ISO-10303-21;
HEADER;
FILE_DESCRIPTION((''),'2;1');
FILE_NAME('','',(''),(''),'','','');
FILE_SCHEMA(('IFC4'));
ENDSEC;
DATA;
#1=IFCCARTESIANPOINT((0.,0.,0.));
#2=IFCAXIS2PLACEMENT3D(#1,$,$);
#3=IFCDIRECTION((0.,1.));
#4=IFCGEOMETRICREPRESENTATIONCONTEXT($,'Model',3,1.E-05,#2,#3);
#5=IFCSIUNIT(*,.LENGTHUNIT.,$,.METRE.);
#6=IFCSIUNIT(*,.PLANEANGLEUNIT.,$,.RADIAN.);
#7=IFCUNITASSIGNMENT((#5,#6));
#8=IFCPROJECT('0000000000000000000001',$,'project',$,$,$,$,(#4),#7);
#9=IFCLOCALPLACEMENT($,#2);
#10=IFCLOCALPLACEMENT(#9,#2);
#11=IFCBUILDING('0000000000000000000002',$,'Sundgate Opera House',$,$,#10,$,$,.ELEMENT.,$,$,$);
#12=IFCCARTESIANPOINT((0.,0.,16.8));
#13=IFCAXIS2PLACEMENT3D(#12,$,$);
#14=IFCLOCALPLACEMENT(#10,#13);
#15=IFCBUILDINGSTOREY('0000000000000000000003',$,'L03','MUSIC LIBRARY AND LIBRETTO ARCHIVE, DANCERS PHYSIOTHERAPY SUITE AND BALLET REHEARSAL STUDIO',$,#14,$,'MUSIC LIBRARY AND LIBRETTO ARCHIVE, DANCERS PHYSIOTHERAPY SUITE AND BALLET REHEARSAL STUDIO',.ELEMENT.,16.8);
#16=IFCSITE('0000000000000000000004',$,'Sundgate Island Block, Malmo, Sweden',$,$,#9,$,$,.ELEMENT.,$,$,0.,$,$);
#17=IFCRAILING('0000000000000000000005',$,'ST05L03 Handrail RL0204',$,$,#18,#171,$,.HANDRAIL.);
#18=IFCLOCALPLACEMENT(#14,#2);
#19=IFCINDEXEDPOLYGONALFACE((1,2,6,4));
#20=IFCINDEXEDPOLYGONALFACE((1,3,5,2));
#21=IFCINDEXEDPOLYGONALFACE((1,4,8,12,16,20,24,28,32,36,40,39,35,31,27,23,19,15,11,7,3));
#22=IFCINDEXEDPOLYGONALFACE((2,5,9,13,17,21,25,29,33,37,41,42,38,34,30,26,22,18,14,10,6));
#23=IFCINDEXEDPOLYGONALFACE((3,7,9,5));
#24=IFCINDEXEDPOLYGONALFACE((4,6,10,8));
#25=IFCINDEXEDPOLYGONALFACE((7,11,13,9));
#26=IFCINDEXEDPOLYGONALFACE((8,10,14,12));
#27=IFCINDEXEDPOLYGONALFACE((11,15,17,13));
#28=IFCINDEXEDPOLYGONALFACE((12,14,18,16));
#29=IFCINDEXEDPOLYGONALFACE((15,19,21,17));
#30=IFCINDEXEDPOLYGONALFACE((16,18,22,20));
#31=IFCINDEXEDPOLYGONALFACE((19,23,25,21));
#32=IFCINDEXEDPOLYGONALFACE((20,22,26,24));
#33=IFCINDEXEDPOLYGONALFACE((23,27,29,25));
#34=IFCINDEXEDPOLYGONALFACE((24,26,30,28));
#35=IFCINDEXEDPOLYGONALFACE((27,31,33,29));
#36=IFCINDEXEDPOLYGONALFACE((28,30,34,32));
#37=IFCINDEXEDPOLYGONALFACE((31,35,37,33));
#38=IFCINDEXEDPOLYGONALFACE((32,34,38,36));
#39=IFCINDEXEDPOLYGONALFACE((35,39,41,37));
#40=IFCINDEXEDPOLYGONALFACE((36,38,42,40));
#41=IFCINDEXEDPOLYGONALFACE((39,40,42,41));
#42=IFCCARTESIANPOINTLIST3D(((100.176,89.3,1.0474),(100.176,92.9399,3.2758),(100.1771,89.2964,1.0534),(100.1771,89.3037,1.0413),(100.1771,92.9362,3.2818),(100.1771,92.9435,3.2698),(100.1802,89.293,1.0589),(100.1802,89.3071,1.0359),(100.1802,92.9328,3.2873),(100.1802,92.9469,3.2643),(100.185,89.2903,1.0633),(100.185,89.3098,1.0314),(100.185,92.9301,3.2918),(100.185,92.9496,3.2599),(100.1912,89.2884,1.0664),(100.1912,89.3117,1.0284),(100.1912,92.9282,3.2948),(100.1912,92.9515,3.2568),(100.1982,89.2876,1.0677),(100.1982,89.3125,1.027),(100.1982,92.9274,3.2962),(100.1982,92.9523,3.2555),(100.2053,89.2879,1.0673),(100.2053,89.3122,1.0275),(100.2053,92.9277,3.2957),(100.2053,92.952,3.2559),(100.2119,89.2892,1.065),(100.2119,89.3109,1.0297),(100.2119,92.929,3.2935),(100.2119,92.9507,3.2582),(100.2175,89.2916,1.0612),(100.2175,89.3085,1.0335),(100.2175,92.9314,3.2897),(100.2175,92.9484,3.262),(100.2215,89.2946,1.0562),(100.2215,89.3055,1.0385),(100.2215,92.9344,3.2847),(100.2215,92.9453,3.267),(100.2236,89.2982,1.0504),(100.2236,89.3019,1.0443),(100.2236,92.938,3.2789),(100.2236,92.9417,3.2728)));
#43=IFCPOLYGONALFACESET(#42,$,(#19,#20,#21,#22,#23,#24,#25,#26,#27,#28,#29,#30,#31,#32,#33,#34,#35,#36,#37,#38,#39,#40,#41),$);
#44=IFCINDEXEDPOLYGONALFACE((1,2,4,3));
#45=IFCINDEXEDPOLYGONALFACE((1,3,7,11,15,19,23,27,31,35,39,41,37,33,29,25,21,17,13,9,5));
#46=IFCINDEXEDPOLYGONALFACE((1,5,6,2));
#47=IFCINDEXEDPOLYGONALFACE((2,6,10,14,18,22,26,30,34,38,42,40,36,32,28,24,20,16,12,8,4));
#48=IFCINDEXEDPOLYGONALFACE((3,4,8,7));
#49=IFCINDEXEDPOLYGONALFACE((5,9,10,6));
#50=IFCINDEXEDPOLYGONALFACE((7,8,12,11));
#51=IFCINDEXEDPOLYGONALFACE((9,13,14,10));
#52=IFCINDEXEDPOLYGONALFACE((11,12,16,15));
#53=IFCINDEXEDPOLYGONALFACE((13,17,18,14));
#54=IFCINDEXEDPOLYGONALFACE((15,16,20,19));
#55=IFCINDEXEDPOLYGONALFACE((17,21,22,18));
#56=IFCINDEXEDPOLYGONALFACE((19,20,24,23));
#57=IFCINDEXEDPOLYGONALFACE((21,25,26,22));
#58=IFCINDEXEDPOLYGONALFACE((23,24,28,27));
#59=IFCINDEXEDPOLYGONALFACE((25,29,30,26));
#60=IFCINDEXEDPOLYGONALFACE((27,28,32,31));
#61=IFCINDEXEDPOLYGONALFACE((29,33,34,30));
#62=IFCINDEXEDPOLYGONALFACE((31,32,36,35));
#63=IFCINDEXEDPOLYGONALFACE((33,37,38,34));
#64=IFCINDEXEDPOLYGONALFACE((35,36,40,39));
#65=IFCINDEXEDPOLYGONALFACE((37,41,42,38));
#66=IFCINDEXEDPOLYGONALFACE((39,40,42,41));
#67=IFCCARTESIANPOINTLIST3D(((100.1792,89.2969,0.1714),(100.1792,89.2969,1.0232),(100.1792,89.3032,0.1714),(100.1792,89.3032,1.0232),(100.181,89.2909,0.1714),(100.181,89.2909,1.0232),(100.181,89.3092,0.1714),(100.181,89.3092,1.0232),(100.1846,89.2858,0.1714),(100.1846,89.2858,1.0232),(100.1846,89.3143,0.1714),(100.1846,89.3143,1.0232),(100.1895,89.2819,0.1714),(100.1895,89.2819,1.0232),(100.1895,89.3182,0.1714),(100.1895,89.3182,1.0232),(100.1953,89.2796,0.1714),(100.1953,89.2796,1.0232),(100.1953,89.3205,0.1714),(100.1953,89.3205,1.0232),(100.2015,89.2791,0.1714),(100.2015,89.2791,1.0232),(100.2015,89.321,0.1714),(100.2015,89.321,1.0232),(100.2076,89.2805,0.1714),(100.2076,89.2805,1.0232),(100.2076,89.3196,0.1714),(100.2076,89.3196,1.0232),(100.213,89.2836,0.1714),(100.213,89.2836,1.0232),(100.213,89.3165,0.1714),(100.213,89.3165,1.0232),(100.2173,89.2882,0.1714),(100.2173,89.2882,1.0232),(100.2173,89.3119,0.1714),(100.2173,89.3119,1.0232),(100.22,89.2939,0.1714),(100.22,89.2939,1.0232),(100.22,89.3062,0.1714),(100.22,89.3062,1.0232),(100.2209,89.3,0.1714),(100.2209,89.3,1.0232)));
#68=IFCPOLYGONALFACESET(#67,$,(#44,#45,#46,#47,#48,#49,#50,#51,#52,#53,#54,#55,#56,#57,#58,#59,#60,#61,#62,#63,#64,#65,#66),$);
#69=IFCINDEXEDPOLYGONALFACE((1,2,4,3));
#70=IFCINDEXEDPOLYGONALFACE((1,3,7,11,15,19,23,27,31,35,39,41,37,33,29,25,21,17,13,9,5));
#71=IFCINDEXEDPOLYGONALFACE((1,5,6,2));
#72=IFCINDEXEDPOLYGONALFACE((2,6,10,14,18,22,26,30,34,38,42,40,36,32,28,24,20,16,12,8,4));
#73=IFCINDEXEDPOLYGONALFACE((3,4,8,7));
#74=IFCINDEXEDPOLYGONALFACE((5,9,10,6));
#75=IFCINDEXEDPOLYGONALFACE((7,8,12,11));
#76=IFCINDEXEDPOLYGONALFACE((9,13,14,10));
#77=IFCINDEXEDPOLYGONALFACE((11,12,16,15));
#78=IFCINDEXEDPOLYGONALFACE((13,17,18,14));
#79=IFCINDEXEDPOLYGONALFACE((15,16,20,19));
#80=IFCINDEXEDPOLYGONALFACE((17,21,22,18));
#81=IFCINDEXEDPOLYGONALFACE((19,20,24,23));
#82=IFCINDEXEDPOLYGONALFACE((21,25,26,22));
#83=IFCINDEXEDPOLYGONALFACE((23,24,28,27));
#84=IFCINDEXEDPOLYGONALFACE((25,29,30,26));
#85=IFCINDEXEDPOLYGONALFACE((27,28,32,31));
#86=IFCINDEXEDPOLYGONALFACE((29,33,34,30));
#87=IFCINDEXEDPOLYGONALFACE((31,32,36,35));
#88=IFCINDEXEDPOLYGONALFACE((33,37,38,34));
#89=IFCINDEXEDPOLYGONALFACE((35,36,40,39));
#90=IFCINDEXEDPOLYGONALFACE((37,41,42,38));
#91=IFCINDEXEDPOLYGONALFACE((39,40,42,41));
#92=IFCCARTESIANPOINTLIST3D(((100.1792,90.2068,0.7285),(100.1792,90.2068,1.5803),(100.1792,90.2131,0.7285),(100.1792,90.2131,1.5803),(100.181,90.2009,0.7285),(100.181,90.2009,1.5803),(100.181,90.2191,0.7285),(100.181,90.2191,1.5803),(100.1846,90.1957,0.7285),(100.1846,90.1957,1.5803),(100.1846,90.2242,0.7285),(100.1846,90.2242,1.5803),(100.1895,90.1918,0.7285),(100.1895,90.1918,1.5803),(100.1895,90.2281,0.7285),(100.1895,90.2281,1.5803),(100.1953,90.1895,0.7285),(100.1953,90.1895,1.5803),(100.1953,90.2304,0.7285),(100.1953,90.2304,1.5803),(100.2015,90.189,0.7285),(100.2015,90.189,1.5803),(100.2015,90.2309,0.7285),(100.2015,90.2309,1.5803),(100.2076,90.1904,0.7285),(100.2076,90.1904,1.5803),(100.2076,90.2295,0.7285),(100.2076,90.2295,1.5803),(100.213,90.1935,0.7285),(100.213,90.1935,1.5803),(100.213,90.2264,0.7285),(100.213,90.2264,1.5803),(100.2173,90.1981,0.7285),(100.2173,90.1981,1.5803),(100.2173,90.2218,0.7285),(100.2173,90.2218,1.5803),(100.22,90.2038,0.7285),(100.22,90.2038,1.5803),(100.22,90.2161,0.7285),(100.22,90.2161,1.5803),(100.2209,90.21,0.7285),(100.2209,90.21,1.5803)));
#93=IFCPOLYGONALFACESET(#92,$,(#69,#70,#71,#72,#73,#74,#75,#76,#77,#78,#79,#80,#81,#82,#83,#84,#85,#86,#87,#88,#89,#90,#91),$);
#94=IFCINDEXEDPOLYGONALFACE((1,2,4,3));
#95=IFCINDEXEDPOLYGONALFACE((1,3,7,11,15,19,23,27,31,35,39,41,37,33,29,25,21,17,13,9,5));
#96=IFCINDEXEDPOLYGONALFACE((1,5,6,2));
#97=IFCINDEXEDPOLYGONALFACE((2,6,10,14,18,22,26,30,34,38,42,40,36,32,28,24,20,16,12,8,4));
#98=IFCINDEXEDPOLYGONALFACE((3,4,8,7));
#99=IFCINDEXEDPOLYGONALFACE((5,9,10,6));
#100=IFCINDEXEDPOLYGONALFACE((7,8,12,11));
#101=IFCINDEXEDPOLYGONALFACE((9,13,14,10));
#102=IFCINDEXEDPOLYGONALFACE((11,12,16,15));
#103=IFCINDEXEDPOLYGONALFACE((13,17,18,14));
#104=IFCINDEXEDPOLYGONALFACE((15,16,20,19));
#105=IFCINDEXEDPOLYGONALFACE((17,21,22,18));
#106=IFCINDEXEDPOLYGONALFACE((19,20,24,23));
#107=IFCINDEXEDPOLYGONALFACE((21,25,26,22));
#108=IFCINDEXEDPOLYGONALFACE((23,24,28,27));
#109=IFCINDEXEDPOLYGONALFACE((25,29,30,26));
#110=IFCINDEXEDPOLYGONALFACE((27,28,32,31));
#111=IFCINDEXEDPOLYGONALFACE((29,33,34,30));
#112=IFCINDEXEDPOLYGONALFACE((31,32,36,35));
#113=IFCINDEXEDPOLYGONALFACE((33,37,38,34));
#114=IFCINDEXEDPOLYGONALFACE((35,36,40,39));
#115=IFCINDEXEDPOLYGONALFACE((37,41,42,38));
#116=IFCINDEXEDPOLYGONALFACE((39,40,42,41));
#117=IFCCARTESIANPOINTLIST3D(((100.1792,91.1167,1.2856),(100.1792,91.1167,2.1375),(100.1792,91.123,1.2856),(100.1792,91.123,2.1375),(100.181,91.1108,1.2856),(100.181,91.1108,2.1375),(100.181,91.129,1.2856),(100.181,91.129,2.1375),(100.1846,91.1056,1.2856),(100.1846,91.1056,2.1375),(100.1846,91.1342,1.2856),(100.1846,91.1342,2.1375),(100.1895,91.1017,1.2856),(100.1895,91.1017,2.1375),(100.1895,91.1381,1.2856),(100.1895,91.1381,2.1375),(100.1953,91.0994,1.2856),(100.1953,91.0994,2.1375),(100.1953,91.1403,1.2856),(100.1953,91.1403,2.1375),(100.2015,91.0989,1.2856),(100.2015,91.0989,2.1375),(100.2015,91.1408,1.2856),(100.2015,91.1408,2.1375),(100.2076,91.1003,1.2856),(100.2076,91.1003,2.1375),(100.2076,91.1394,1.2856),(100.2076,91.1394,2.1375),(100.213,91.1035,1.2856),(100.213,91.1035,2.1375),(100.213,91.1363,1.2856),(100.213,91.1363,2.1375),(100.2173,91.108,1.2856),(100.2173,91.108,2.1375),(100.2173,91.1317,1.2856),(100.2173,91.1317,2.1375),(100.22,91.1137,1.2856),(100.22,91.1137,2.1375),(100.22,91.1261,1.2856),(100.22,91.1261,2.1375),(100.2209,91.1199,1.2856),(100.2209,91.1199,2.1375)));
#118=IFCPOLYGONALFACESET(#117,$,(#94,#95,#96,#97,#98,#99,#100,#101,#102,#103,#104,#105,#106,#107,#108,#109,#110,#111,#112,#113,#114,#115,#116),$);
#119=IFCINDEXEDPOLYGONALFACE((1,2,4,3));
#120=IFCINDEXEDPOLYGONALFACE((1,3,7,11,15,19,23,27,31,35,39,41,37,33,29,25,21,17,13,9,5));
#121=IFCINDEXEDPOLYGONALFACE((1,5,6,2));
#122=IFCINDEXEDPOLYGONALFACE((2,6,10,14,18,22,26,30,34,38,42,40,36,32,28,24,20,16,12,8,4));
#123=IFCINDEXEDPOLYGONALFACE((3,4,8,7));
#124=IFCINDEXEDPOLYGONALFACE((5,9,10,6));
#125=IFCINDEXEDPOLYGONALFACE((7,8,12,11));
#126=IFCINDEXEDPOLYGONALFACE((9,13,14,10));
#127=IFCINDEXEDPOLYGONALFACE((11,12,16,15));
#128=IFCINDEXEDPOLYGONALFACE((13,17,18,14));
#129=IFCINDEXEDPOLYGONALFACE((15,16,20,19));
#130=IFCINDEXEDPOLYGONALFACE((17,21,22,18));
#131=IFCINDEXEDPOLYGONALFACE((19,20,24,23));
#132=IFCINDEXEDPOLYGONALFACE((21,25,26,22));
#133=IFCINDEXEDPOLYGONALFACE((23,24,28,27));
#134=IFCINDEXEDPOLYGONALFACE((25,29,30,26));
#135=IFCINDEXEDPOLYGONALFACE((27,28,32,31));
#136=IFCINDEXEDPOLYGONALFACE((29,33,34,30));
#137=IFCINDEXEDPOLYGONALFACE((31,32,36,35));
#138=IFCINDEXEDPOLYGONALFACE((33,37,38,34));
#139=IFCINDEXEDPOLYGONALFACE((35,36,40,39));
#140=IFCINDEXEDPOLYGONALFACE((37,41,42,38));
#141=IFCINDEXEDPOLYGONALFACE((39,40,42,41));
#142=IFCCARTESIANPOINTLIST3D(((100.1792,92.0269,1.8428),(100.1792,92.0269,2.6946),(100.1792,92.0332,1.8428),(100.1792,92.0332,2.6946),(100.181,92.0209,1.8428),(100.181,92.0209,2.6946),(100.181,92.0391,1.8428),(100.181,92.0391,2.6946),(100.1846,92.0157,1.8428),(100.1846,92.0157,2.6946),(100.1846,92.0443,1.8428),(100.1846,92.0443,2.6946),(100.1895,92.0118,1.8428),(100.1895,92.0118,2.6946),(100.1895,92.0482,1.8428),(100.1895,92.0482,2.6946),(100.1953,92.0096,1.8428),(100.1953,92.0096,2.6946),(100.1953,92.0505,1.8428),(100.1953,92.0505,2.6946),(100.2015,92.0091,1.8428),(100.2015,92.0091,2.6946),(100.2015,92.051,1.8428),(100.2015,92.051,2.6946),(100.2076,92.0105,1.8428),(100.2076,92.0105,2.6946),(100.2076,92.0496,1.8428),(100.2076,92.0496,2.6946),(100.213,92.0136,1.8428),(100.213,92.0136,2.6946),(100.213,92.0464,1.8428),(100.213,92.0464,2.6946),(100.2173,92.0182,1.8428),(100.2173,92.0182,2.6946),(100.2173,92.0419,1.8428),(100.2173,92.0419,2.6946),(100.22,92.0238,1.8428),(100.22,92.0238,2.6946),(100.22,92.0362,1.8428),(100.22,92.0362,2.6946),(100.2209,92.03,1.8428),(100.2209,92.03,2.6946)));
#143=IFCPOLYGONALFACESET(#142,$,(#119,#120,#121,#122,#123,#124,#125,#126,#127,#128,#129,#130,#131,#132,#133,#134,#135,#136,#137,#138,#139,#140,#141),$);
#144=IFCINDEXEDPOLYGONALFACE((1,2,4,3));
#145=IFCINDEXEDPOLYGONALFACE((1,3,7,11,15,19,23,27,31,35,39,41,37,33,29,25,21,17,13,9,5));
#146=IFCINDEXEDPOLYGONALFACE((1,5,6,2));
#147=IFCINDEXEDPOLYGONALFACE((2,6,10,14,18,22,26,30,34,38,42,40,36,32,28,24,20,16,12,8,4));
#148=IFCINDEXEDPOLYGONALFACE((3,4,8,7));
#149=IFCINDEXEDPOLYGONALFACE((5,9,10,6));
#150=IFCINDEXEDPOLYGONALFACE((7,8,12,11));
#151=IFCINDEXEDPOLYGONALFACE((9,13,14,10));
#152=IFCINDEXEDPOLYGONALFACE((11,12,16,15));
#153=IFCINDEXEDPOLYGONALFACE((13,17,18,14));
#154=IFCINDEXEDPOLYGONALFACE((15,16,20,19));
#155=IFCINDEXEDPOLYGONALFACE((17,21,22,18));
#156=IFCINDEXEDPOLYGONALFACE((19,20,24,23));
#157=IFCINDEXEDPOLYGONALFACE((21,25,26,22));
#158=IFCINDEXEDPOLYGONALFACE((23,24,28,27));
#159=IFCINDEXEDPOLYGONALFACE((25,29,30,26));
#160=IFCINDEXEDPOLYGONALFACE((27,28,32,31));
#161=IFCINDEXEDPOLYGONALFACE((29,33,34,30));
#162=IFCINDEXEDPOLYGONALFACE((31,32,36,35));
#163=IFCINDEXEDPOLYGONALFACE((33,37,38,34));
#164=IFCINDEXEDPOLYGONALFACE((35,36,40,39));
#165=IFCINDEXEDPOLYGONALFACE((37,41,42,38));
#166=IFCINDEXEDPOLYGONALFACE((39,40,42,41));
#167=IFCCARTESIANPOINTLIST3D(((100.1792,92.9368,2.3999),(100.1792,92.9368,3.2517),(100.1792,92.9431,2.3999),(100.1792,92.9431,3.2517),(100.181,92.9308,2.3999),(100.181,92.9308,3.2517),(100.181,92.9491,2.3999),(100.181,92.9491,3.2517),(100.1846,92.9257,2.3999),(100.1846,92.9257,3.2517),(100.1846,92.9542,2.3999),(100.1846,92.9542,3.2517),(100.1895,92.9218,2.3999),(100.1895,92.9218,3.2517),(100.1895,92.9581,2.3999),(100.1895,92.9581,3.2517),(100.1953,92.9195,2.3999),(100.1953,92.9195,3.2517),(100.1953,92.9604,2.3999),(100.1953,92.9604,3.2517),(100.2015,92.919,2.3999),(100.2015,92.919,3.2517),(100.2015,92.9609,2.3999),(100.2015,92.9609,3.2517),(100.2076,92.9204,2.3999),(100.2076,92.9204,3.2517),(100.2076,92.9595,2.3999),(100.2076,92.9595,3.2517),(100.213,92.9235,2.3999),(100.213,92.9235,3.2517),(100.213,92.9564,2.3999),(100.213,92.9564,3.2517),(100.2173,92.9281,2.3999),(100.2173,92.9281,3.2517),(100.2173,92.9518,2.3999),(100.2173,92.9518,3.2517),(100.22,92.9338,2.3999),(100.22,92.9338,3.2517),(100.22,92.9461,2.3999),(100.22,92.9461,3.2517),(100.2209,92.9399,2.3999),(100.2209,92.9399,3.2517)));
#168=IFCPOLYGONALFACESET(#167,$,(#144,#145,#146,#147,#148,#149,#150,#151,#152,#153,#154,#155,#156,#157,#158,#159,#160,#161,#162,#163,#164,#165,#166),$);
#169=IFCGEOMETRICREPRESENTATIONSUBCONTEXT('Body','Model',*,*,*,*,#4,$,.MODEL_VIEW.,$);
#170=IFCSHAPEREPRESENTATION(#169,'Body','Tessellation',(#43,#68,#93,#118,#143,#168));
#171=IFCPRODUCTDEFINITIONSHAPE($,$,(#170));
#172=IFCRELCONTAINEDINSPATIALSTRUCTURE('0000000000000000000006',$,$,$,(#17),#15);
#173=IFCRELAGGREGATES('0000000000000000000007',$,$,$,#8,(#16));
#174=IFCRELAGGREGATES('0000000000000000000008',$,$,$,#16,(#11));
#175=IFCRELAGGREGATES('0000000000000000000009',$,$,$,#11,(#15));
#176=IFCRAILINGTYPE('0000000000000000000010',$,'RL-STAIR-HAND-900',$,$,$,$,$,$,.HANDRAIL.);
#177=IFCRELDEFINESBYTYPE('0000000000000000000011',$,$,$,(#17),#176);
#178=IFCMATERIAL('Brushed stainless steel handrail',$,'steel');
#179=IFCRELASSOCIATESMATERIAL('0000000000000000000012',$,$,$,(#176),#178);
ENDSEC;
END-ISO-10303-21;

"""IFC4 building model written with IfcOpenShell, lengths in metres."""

from ifc_helpers import new_model, si_unit, direction, frame, origin, origin_2d, place, context, subcontext, project, spatial, circle, extrude, material, type_object, element, save


model = new_model("IFC4")

# Units and contexts
model_context = context("Model", 3, precision=1e-05, world=origin(), true_north=direction((0.0, 1.0)))
body_context = subcontext(model_context, "Body", "Model", "MODEL_VIEW")
ifc_project = project(units=[si_unit("LENGTHUNIT", "METRE"), si_unit("PLANEANGLEUNIT", "RADIAN")], contexts=[model_context])

# Site, building, storey
site_placement = place(None, origin())
site = spatial("IfcSite", under=ifc_project, at=site_placement, Name="Sundgate Island Block, Malmo, Sweden", CompositionType="ELEMENT", RefElevation=0.0)
building_placement = place(site_placement, origin())
building = spatial("IfcBuilding", under=site, at=building_placement, Name="Sundgate Opera House", CompositionType="ELEMENT")
storey_placement = place(building_placement, frame((0.0, 0.0, 16.8)))
storey = spatial("IfcBuildingStorey", under=building, at=storey_placement, Name="L03", Description="MUSIC LIBRARY AND LIBRETTO ARCHIVE, DANCERS PHYSIOTHERAPY SUITE AND BALLET REHEARSAL STUDIO", LongName="MUSIC LIBRARY AND LIBRETTO ARCHIVE, DANCERS PHYSIOTHERAPY SUITE AND BALLET REHEARSAL STUDIO", CompositionType="ELEMENT", Elevation=16.8)

# Railing
ifc_material_1 = material(Name="Brushed stainless steel handrail", Category="steel")
railing_type_1 = type_object("IfcRailingType", Name="RL-STAIR-HAND-900", PredefinedType="HANDRAIL", material=ifc_material_1)
railing_1_placement = place(storey_placement, frame((100.2, 89.3, 0.1714)))
element("IfcRailing", 1, at=railing_1_placement, inside=storey, type_object=railing_type_1, Name="ST05L03 Handrail RL0204", PredefinedType="HANDRAIL", context=body_context, shape_type="SweptSolid", body=[
    extrude(circle(Radius=0.0239, at=origin_2d()), frame((0.0, 0.0, 0.876), z_axis=(0.0, 0.85285, 0.522156), x_axis=(-1.0, 0.0, 0.0)), (0.0, 0.0, 1.0), 4.2678),
    extrude(circle(Radius=0.021, at=origin_2d()), origin(), (0.0, 0.0, 1.0), 0.8518),
    extrude(circle(Radius=0.021, at=origin_2d()), frame((0.0, 0.9099, 0.5571)), (0.0, 0.0, 1.0), 0.8518),
    extrude(circle(Radius=0.021, at=origin_2d()), frame((0.0, 1.8198, 1.1143)), (0.0, 0.0, 1.0), 0.8518),
    extrude(circle(Radius=0.021, at=origin_2d()), frame((0.0, 2.73, 1.6714)), (0.0, 0.0, 1.0), 0.8518),
    extrude(circle(Radius=0.021, at=origin_2d()), frame((0.0, 3.6399, 2.2285)), (0.0, 0.0, 1.0), 0.8518),
])

save(model, "model.ifc")
